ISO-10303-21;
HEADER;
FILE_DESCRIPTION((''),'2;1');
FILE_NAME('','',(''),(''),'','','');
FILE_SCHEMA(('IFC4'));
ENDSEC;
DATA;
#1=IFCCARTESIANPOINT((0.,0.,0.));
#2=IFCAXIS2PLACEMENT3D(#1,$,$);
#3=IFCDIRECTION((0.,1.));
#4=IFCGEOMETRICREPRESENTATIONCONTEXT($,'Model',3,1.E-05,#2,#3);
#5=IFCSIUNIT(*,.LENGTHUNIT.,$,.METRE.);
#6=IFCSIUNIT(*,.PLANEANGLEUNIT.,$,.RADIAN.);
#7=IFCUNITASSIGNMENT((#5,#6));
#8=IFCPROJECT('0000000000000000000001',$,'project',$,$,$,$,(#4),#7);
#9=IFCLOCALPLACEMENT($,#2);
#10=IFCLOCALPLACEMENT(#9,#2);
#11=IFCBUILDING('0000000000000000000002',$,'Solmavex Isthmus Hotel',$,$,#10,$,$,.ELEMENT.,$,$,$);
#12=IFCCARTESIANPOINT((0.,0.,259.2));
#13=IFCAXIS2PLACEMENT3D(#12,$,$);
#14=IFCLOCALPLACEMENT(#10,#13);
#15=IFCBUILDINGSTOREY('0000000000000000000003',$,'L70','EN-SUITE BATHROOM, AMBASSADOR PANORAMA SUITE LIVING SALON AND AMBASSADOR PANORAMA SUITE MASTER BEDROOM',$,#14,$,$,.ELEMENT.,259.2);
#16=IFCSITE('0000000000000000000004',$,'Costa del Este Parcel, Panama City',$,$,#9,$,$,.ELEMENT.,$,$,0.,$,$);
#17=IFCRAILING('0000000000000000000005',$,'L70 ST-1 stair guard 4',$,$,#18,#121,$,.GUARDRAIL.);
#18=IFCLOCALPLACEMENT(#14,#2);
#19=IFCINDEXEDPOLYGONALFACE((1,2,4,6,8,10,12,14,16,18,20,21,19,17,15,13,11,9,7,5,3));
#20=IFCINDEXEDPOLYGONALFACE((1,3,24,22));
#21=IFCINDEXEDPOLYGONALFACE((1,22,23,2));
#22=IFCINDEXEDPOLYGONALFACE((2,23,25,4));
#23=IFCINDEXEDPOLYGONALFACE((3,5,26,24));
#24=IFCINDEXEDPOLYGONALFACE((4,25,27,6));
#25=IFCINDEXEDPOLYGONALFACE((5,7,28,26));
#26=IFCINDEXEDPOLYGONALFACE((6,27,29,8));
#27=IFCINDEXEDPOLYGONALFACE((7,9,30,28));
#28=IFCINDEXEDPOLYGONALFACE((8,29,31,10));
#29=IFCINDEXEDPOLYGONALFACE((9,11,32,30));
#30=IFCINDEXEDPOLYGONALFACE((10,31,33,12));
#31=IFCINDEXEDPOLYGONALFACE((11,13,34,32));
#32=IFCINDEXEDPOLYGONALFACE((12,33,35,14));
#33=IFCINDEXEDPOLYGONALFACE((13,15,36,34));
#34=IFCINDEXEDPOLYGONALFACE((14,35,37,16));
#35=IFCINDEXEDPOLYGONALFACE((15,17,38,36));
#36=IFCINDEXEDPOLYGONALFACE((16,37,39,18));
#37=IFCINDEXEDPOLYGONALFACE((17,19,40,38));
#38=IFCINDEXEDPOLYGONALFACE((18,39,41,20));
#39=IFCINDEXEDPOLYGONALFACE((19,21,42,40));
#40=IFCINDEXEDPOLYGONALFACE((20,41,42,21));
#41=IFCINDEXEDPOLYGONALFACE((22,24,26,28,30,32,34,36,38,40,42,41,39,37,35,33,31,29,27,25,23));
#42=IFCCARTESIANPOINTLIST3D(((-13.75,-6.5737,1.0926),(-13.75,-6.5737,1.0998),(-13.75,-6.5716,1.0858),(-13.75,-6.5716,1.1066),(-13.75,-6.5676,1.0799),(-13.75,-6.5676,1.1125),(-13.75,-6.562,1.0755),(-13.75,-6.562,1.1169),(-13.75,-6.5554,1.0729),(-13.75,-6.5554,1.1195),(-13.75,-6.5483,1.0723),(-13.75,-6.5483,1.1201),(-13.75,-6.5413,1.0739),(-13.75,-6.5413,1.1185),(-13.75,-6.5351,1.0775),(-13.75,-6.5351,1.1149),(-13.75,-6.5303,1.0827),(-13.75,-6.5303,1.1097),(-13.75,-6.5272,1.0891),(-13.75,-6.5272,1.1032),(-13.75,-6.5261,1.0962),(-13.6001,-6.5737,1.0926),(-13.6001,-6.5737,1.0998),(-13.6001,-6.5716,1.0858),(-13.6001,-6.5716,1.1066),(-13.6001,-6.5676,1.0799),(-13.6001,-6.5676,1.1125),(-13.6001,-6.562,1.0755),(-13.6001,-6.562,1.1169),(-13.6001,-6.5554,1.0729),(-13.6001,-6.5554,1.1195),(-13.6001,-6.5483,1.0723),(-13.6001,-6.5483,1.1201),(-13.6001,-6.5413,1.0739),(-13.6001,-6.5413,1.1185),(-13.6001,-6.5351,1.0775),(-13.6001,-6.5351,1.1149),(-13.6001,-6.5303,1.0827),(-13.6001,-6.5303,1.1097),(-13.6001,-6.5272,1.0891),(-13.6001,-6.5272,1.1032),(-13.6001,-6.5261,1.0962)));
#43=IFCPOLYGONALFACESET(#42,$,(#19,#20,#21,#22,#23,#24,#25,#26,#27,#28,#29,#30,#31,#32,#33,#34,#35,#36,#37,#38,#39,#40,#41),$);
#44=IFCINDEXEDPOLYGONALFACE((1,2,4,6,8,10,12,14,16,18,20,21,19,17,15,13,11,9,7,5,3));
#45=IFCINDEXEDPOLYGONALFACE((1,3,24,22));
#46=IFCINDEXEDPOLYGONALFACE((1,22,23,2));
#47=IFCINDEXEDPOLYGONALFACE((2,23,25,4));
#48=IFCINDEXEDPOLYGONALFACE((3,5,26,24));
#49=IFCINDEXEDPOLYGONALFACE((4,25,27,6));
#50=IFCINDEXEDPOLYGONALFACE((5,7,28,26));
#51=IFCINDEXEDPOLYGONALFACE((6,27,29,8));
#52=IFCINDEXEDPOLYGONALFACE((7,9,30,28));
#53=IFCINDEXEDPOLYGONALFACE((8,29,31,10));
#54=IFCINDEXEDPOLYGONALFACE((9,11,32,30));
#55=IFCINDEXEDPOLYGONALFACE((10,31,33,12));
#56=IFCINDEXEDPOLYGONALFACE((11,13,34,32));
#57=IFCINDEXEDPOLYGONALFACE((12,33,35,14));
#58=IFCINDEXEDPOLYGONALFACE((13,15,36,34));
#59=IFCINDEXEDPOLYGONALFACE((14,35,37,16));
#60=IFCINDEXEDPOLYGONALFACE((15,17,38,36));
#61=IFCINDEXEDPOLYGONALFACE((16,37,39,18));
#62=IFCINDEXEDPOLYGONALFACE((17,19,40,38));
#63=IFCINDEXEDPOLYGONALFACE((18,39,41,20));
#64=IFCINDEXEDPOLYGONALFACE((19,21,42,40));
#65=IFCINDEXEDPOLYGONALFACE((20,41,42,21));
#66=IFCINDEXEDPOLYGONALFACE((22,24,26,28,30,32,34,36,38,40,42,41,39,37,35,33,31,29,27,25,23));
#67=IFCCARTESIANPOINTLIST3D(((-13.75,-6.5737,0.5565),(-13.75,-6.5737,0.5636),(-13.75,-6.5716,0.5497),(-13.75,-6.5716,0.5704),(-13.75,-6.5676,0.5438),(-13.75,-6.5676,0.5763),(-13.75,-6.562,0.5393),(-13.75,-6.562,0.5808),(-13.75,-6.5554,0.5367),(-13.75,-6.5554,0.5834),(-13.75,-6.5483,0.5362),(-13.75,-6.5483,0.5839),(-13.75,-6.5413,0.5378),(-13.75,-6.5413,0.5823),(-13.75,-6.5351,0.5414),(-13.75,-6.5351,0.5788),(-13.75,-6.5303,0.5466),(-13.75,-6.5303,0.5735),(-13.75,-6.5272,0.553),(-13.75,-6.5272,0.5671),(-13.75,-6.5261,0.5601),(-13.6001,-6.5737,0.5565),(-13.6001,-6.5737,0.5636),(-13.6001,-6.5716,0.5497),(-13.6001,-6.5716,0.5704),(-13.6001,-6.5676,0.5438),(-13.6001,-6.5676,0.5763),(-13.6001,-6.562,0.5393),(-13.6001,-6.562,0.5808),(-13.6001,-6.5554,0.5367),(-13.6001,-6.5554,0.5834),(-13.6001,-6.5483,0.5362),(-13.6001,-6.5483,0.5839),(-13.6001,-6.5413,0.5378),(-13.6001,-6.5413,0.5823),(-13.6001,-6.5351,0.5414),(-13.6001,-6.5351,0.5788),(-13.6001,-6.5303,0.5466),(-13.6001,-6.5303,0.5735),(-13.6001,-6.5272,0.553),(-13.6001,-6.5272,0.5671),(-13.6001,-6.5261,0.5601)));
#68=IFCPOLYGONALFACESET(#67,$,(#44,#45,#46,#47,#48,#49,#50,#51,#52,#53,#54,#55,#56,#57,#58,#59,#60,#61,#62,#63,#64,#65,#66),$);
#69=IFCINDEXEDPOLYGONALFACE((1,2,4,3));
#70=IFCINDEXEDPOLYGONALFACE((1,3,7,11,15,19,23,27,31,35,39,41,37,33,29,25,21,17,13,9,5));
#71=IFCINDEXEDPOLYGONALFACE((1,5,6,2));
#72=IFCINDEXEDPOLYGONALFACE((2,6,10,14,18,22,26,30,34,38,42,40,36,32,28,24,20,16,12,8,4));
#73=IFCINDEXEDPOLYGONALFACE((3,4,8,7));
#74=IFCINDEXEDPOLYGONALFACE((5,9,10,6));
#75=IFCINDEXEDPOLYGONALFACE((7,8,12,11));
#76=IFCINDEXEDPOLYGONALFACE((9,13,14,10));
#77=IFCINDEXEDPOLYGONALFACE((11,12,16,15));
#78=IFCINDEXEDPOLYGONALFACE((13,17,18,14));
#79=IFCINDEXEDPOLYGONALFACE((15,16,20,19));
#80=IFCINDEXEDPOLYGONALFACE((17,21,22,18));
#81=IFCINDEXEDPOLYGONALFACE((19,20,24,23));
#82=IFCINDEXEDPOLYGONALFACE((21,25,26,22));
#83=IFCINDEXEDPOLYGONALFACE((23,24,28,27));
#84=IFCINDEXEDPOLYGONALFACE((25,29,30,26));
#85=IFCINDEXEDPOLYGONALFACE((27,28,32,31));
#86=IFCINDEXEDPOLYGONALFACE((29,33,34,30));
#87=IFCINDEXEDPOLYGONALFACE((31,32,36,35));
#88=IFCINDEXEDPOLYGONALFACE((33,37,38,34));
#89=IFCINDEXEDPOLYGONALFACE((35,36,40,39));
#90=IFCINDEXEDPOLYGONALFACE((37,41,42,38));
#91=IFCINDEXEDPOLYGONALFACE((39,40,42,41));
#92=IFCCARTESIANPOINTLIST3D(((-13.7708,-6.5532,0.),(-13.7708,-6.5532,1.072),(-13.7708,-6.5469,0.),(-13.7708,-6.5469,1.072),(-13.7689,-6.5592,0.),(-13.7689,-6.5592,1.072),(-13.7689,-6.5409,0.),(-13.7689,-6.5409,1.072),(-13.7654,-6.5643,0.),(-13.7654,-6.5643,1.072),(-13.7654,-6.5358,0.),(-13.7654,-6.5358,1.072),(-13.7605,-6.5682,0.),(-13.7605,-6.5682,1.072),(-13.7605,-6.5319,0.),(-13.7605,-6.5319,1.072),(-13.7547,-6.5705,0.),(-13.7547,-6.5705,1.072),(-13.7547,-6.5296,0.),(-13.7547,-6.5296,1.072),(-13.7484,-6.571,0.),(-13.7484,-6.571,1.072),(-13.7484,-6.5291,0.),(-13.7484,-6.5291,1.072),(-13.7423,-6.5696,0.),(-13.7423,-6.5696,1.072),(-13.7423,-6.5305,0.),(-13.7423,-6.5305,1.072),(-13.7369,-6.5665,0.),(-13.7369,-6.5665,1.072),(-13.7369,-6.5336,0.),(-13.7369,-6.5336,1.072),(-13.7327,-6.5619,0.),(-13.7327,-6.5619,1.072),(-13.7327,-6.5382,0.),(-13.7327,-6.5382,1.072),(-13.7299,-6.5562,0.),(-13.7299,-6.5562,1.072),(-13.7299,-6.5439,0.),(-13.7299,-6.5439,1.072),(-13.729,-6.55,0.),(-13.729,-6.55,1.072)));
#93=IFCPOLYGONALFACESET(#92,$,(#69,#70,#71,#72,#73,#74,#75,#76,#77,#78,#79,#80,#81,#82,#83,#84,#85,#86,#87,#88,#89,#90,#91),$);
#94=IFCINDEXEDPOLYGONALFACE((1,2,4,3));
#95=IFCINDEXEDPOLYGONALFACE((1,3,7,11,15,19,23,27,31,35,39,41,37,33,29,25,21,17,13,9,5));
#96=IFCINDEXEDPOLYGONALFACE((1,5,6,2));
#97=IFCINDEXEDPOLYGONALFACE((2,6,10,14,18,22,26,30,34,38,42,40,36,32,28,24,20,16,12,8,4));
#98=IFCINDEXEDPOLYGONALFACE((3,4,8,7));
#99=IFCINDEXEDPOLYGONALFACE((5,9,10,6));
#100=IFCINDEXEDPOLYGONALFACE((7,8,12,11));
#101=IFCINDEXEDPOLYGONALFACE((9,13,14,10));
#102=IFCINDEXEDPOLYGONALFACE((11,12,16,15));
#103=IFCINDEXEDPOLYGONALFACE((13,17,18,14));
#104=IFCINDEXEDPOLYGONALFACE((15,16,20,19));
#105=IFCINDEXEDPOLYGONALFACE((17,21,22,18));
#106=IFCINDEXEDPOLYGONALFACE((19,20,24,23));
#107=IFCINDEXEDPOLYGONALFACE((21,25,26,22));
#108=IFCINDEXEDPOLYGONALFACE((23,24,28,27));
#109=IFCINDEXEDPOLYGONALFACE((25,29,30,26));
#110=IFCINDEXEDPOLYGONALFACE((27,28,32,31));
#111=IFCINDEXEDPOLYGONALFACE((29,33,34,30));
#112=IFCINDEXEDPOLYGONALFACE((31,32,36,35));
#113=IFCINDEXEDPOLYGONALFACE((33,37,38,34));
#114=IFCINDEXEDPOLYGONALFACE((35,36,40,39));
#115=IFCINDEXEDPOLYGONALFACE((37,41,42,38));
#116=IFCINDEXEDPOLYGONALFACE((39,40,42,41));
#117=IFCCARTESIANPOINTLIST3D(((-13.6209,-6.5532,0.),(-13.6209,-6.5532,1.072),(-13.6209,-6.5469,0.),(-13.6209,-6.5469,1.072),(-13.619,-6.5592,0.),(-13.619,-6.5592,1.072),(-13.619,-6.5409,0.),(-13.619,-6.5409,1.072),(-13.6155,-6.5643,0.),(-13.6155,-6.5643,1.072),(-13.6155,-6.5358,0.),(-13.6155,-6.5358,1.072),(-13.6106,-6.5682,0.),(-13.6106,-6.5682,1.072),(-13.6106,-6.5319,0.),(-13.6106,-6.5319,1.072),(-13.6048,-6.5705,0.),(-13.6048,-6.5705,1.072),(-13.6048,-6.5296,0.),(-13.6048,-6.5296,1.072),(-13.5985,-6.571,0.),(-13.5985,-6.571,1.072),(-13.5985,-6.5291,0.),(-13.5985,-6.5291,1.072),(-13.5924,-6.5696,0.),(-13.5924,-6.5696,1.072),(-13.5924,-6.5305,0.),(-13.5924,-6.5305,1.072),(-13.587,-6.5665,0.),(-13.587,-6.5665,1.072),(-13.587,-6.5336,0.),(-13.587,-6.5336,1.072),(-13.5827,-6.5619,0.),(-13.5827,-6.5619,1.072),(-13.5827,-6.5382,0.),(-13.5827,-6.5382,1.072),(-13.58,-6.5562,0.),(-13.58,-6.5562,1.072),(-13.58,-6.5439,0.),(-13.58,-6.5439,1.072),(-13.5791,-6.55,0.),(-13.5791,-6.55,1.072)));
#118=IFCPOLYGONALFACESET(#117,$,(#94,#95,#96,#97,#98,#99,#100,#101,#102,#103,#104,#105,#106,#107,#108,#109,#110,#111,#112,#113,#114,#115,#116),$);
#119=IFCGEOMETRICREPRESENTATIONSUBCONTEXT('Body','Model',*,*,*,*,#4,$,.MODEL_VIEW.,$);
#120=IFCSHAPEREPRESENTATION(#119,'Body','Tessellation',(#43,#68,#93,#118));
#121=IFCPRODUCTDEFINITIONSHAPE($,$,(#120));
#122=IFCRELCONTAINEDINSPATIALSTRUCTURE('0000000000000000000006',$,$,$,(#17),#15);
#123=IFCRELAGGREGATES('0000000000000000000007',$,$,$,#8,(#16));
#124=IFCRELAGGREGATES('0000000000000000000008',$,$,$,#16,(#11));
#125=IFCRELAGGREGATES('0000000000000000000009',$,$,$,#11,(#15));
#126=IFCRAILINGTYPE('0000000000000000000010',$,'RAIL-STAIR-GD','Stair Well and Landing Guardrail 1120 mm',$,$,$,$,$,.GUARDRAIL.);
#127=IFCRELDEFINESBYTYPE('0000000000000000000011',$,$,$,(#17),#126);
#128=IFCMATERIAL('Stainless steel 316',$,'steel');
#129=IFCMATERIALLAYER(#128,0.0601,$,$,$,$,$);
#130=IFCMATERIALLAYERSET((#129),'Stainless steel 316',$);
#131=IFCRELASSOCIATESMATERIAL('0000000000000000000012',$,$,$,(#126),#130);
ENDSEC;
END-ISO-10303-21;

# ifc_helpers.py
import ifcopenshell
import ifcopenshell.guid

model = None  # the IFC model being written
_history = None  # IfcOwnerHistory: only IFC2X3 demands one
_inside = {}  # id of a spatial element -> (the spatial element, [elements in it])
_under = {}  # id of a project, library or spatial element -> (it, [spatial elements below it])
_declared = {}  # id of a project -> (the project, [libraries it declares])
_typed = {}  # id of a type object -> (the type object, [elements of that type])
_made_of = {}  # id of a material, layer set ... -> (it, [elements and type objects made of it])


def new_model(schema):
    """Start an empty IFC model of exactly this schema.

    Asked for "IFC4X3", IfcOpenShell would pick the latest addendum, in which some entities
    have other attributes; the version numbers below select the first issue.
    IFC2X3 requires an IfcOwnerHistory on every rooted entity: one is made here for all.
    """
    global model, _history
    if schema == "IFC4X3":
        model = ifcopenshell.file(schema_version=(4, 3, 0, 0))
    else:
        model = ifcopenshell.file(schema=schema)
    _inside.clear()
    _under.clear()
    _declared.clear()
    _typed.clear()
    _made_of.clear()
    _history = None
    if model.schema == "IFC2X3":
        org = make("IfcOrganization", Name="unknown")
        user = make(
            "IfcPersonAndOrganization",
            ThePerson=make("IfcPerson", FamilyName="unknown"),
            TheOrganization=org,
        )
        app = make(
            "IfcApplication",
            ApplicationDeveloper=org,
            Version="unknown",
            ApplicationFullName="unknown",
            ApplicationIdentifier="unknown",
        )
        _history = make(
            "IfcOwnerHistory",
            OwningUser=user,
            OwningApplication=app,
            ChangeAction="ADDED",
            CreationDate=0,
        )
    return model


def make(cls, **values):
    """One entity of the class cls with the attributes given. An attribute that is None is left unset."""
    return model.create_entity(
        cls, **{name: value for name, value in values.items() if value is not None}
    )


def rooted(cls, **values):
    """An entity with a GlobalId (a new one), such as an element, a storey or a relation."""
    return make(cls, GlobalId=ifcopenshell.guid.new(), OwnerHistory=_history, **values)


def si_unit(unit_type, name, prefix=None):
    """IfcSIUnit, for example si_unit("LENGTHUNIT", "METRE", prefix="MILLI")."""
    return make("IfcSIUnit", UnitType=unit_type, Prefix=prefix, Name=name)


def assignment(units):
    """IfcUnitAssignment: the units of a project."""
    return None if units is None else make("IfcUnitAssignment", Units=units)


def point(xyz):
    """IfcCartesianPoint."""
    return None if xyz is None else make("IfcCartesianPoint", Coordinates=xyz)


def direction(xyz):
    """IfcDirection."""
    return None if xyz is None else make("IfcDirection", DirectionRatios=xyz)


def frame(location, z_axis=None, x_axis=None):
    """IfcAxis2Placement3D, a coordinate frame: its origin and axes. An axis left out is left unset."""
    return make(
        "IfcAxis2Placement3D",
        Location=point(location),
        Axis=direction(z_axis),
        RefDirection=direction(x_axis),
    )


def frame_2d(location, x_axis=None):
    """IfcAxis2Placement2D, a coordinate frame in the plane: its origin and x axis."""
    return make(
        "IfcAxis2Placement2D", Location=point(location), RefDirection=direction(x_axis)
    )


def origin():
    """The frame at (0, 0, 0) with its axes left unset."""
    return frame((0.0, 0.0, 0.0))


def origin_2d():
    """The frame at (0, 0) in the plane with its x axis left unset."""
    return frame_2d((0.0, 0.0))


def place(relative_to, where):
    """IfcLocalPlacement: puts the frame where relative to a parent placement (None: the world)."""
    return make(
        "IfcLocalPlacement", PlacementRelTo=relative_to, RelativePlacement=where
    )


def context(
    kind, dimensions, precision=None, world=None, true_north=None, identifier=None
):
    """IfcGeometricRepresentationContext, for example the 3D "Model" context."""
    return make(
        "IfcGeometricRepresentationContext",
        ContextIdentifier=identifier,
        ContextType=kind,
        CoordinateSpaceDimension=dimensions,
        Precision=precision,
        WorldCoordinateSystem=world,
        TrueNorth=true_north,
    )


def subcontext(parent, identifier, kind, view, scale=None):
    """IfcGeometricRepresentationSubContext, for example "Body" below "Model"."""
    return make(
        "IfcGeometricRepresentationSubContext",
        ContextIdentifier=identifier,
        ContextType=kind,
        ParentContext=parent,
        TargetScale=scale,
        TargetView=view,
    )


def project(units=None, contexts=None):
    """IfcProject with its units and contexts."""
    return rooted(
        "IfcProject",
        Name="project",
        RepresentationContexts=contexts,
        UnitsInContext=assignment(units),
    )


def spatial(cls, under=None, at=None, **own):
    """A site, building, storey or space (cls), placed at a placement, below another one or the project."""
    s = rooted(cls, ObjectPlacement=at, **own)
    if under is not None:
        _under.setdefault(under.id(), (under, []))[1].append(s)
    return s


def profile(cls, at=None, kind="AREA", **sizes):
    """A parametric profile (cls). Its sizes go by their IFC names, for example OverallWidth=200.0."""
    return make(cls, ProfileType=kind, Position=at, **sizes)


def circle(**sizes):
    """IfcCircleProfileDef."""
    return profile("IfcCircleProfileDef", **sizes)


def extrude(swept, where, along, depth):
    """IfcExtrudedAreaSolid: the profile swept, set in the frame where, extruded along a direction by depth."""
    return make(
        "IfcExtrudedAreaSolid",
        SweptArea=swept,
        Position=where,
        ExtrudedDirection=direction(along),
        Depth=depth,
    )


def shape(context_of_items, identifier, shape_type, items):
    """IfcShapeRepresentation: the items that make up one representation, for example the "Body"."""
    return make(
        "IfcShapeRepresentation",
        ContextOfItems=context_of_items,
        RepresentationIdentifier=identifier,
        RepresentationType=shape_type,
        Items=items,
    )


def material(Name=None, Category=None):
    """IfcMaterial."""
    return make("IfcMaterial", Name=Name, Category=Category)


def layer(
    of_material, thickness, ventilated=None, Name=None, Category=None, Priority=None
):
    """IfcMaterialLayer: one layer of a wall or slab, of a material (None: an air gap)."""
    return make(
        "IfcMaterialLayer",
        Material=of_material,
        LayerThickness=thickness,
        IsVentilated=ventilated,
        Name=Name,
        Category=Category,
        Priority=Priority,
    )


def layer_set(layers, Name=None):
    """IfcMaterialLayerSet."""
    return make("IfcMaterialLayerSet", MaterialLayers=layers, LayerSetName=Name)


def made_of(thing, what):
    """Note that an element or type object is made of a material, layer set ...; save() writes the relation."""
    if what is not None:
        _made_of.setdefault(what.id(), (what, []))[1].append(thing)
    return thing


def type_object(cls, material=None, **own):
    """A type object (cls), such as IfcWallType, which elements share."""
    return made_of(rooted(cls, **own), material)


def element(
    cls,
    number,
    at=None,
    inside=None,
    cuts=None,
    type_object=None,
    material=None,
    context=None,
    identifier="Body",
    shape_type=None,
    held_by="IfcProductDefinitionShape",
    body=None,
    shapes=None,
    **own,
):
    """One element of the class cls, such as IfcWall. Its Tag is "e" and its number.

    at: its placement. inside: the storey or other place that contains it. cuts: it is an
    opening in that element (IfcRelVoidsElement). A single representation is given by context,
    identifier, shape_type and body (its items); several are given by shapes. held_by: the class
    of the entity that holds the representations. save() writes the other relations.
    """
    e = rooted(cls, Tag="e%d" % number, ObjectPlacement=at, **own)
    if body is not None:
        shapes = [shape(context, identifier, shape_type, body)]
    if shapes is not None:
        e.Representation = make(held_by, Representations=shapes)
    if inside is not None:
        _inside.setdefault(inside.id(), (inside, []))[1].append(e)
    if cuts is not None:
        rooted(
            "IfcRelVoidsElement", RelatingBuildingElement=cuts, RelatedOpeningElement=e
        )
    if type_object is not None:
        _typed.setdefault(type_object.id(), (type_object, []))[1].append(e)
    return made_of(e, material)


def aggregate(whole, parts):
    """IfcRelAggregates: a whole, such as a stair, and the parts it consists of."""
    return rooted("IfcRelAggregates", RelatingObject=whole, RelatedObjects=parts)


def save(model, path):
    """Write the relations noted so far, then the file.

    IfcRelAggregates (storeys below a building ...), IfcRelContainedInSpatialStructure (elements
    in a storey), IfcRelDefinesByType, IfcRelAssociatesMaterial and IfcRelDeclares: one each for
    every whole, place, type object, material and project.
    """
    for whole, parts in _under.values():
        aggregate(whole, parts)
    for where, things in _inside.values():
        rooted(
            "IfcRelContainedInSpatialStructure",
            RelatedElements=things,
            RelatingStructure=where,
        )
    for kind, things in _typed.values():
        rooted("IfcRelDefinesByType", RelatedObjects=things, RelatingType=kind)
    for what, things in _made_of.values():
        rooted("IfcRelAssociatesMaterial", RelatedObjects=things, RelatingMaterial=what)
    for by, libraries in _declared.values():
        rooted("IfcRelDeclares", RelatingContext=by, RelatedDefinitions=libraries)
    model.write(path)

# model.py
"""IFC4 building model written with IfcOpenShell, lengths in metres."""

from ifc_helpers import new_model, si_unit, direction, frame, origin, origin_2d, place, context, subcontext, project, spatial, circle, extrude, material, layer, layer_set, type_object, element, save


model = new_model("IFC4")

# Units and contexts
model_context = context("Model", 3, precision=1e-05, world=origin(), true_north=direction((0.0, 1.0)))
body_context = subcontext(model_context, "Body", "Model", "MODEL_VIEW")
ifc_project = project(units=[si_unit("LENGTHUNIT", "METRE"), si_unit("PLANEANGLEUNIT", "RADIAN")], contexts=[model_context])

# Site, building, storey
site_placement = place(None, origin())
site = spatial("IfcSite", under=ifc_project, at=site_placement, Name="Costa del Este Parcel, Panama City", CompositionType="ELEMENT", RefElevation=0.0)
building_placement = place(site_placement, origin())
building = spatial("IfcBuilding", under=site, at=building_placement, Name="Solmavex Isthmus Hotel", CompositionType="ELEMENT")
storey_placement = place(building_placement, frame((0.0, 0.0, 259.2)))
storey = spatial("IfcBuildingStorey", under=building, at=storey_placement, Name="L70", Description="EN-SUITE BATHROOM, AMBASSADOR PANORAMA SUITE LIVING SALON AND AMBASSADOR PANORAMA SUITE MASTER BEDROOM", CompositionType="ELEMENT", Elevation=259.2)

# Railing
ifc_material_1 = material(Name="Stainless steel 316", Category="steel")
ifc_layer_1 = layer(ifc_material_1, 0.0601)
ifc_layer_set_1 = layer_set([ifc_layer_1], Name="Stainless steel 316")
railing_type_1 = type_object("IfcRailingType", Name="RAIL-STAIR-GD", Description="Stair Well and Landing Guardrail 1120 mm", PredefinedType="GUARDRAIL", material=ifc_layer_set_1)
railing_1_placement = place(storey_placement, frame((-13.75, -6.55, 0.0)))
element("IfcRailing", 1, at=railing_1_placement, inside=storey, type_object=railing_type_1, Name="L70 ST-1 stair guard 4", PredefinedType="GUARDRAIL", context=body_context, shape_type="SweptSolid", body=[
    extrude(circle(Radius=0.0239, at=origin_2d()), frame((0.0, 0.0, 1.0962), z_axis=(1.0, 0.0, 0.0), x_axis=(0.0, 1.0, 0.0)), (0.0, 0.0, 1.0), 0.1499),
    extrude(circle(Radius=0.0239, at=origin_2d()), frame((0.0, 0.0, 0.5601), z_axis=(1.0, 0.0, 0.0), x_axis=(0.0, 1.0, 0.0)), (0.0, 0.0, 1.0), 0.1499),
    extrude(circle(Radius=0.021, at=origin_2d()), origin(), (0.0, 0.0, 1.0), 1.072),
    extrude(circle(Radius=0.021, at=origin_2d()), frame((0.1499, 0.0, 0.0)), (0.0, 0.0, 1.0), 1.072),
])

save(model, "model.ifc")
